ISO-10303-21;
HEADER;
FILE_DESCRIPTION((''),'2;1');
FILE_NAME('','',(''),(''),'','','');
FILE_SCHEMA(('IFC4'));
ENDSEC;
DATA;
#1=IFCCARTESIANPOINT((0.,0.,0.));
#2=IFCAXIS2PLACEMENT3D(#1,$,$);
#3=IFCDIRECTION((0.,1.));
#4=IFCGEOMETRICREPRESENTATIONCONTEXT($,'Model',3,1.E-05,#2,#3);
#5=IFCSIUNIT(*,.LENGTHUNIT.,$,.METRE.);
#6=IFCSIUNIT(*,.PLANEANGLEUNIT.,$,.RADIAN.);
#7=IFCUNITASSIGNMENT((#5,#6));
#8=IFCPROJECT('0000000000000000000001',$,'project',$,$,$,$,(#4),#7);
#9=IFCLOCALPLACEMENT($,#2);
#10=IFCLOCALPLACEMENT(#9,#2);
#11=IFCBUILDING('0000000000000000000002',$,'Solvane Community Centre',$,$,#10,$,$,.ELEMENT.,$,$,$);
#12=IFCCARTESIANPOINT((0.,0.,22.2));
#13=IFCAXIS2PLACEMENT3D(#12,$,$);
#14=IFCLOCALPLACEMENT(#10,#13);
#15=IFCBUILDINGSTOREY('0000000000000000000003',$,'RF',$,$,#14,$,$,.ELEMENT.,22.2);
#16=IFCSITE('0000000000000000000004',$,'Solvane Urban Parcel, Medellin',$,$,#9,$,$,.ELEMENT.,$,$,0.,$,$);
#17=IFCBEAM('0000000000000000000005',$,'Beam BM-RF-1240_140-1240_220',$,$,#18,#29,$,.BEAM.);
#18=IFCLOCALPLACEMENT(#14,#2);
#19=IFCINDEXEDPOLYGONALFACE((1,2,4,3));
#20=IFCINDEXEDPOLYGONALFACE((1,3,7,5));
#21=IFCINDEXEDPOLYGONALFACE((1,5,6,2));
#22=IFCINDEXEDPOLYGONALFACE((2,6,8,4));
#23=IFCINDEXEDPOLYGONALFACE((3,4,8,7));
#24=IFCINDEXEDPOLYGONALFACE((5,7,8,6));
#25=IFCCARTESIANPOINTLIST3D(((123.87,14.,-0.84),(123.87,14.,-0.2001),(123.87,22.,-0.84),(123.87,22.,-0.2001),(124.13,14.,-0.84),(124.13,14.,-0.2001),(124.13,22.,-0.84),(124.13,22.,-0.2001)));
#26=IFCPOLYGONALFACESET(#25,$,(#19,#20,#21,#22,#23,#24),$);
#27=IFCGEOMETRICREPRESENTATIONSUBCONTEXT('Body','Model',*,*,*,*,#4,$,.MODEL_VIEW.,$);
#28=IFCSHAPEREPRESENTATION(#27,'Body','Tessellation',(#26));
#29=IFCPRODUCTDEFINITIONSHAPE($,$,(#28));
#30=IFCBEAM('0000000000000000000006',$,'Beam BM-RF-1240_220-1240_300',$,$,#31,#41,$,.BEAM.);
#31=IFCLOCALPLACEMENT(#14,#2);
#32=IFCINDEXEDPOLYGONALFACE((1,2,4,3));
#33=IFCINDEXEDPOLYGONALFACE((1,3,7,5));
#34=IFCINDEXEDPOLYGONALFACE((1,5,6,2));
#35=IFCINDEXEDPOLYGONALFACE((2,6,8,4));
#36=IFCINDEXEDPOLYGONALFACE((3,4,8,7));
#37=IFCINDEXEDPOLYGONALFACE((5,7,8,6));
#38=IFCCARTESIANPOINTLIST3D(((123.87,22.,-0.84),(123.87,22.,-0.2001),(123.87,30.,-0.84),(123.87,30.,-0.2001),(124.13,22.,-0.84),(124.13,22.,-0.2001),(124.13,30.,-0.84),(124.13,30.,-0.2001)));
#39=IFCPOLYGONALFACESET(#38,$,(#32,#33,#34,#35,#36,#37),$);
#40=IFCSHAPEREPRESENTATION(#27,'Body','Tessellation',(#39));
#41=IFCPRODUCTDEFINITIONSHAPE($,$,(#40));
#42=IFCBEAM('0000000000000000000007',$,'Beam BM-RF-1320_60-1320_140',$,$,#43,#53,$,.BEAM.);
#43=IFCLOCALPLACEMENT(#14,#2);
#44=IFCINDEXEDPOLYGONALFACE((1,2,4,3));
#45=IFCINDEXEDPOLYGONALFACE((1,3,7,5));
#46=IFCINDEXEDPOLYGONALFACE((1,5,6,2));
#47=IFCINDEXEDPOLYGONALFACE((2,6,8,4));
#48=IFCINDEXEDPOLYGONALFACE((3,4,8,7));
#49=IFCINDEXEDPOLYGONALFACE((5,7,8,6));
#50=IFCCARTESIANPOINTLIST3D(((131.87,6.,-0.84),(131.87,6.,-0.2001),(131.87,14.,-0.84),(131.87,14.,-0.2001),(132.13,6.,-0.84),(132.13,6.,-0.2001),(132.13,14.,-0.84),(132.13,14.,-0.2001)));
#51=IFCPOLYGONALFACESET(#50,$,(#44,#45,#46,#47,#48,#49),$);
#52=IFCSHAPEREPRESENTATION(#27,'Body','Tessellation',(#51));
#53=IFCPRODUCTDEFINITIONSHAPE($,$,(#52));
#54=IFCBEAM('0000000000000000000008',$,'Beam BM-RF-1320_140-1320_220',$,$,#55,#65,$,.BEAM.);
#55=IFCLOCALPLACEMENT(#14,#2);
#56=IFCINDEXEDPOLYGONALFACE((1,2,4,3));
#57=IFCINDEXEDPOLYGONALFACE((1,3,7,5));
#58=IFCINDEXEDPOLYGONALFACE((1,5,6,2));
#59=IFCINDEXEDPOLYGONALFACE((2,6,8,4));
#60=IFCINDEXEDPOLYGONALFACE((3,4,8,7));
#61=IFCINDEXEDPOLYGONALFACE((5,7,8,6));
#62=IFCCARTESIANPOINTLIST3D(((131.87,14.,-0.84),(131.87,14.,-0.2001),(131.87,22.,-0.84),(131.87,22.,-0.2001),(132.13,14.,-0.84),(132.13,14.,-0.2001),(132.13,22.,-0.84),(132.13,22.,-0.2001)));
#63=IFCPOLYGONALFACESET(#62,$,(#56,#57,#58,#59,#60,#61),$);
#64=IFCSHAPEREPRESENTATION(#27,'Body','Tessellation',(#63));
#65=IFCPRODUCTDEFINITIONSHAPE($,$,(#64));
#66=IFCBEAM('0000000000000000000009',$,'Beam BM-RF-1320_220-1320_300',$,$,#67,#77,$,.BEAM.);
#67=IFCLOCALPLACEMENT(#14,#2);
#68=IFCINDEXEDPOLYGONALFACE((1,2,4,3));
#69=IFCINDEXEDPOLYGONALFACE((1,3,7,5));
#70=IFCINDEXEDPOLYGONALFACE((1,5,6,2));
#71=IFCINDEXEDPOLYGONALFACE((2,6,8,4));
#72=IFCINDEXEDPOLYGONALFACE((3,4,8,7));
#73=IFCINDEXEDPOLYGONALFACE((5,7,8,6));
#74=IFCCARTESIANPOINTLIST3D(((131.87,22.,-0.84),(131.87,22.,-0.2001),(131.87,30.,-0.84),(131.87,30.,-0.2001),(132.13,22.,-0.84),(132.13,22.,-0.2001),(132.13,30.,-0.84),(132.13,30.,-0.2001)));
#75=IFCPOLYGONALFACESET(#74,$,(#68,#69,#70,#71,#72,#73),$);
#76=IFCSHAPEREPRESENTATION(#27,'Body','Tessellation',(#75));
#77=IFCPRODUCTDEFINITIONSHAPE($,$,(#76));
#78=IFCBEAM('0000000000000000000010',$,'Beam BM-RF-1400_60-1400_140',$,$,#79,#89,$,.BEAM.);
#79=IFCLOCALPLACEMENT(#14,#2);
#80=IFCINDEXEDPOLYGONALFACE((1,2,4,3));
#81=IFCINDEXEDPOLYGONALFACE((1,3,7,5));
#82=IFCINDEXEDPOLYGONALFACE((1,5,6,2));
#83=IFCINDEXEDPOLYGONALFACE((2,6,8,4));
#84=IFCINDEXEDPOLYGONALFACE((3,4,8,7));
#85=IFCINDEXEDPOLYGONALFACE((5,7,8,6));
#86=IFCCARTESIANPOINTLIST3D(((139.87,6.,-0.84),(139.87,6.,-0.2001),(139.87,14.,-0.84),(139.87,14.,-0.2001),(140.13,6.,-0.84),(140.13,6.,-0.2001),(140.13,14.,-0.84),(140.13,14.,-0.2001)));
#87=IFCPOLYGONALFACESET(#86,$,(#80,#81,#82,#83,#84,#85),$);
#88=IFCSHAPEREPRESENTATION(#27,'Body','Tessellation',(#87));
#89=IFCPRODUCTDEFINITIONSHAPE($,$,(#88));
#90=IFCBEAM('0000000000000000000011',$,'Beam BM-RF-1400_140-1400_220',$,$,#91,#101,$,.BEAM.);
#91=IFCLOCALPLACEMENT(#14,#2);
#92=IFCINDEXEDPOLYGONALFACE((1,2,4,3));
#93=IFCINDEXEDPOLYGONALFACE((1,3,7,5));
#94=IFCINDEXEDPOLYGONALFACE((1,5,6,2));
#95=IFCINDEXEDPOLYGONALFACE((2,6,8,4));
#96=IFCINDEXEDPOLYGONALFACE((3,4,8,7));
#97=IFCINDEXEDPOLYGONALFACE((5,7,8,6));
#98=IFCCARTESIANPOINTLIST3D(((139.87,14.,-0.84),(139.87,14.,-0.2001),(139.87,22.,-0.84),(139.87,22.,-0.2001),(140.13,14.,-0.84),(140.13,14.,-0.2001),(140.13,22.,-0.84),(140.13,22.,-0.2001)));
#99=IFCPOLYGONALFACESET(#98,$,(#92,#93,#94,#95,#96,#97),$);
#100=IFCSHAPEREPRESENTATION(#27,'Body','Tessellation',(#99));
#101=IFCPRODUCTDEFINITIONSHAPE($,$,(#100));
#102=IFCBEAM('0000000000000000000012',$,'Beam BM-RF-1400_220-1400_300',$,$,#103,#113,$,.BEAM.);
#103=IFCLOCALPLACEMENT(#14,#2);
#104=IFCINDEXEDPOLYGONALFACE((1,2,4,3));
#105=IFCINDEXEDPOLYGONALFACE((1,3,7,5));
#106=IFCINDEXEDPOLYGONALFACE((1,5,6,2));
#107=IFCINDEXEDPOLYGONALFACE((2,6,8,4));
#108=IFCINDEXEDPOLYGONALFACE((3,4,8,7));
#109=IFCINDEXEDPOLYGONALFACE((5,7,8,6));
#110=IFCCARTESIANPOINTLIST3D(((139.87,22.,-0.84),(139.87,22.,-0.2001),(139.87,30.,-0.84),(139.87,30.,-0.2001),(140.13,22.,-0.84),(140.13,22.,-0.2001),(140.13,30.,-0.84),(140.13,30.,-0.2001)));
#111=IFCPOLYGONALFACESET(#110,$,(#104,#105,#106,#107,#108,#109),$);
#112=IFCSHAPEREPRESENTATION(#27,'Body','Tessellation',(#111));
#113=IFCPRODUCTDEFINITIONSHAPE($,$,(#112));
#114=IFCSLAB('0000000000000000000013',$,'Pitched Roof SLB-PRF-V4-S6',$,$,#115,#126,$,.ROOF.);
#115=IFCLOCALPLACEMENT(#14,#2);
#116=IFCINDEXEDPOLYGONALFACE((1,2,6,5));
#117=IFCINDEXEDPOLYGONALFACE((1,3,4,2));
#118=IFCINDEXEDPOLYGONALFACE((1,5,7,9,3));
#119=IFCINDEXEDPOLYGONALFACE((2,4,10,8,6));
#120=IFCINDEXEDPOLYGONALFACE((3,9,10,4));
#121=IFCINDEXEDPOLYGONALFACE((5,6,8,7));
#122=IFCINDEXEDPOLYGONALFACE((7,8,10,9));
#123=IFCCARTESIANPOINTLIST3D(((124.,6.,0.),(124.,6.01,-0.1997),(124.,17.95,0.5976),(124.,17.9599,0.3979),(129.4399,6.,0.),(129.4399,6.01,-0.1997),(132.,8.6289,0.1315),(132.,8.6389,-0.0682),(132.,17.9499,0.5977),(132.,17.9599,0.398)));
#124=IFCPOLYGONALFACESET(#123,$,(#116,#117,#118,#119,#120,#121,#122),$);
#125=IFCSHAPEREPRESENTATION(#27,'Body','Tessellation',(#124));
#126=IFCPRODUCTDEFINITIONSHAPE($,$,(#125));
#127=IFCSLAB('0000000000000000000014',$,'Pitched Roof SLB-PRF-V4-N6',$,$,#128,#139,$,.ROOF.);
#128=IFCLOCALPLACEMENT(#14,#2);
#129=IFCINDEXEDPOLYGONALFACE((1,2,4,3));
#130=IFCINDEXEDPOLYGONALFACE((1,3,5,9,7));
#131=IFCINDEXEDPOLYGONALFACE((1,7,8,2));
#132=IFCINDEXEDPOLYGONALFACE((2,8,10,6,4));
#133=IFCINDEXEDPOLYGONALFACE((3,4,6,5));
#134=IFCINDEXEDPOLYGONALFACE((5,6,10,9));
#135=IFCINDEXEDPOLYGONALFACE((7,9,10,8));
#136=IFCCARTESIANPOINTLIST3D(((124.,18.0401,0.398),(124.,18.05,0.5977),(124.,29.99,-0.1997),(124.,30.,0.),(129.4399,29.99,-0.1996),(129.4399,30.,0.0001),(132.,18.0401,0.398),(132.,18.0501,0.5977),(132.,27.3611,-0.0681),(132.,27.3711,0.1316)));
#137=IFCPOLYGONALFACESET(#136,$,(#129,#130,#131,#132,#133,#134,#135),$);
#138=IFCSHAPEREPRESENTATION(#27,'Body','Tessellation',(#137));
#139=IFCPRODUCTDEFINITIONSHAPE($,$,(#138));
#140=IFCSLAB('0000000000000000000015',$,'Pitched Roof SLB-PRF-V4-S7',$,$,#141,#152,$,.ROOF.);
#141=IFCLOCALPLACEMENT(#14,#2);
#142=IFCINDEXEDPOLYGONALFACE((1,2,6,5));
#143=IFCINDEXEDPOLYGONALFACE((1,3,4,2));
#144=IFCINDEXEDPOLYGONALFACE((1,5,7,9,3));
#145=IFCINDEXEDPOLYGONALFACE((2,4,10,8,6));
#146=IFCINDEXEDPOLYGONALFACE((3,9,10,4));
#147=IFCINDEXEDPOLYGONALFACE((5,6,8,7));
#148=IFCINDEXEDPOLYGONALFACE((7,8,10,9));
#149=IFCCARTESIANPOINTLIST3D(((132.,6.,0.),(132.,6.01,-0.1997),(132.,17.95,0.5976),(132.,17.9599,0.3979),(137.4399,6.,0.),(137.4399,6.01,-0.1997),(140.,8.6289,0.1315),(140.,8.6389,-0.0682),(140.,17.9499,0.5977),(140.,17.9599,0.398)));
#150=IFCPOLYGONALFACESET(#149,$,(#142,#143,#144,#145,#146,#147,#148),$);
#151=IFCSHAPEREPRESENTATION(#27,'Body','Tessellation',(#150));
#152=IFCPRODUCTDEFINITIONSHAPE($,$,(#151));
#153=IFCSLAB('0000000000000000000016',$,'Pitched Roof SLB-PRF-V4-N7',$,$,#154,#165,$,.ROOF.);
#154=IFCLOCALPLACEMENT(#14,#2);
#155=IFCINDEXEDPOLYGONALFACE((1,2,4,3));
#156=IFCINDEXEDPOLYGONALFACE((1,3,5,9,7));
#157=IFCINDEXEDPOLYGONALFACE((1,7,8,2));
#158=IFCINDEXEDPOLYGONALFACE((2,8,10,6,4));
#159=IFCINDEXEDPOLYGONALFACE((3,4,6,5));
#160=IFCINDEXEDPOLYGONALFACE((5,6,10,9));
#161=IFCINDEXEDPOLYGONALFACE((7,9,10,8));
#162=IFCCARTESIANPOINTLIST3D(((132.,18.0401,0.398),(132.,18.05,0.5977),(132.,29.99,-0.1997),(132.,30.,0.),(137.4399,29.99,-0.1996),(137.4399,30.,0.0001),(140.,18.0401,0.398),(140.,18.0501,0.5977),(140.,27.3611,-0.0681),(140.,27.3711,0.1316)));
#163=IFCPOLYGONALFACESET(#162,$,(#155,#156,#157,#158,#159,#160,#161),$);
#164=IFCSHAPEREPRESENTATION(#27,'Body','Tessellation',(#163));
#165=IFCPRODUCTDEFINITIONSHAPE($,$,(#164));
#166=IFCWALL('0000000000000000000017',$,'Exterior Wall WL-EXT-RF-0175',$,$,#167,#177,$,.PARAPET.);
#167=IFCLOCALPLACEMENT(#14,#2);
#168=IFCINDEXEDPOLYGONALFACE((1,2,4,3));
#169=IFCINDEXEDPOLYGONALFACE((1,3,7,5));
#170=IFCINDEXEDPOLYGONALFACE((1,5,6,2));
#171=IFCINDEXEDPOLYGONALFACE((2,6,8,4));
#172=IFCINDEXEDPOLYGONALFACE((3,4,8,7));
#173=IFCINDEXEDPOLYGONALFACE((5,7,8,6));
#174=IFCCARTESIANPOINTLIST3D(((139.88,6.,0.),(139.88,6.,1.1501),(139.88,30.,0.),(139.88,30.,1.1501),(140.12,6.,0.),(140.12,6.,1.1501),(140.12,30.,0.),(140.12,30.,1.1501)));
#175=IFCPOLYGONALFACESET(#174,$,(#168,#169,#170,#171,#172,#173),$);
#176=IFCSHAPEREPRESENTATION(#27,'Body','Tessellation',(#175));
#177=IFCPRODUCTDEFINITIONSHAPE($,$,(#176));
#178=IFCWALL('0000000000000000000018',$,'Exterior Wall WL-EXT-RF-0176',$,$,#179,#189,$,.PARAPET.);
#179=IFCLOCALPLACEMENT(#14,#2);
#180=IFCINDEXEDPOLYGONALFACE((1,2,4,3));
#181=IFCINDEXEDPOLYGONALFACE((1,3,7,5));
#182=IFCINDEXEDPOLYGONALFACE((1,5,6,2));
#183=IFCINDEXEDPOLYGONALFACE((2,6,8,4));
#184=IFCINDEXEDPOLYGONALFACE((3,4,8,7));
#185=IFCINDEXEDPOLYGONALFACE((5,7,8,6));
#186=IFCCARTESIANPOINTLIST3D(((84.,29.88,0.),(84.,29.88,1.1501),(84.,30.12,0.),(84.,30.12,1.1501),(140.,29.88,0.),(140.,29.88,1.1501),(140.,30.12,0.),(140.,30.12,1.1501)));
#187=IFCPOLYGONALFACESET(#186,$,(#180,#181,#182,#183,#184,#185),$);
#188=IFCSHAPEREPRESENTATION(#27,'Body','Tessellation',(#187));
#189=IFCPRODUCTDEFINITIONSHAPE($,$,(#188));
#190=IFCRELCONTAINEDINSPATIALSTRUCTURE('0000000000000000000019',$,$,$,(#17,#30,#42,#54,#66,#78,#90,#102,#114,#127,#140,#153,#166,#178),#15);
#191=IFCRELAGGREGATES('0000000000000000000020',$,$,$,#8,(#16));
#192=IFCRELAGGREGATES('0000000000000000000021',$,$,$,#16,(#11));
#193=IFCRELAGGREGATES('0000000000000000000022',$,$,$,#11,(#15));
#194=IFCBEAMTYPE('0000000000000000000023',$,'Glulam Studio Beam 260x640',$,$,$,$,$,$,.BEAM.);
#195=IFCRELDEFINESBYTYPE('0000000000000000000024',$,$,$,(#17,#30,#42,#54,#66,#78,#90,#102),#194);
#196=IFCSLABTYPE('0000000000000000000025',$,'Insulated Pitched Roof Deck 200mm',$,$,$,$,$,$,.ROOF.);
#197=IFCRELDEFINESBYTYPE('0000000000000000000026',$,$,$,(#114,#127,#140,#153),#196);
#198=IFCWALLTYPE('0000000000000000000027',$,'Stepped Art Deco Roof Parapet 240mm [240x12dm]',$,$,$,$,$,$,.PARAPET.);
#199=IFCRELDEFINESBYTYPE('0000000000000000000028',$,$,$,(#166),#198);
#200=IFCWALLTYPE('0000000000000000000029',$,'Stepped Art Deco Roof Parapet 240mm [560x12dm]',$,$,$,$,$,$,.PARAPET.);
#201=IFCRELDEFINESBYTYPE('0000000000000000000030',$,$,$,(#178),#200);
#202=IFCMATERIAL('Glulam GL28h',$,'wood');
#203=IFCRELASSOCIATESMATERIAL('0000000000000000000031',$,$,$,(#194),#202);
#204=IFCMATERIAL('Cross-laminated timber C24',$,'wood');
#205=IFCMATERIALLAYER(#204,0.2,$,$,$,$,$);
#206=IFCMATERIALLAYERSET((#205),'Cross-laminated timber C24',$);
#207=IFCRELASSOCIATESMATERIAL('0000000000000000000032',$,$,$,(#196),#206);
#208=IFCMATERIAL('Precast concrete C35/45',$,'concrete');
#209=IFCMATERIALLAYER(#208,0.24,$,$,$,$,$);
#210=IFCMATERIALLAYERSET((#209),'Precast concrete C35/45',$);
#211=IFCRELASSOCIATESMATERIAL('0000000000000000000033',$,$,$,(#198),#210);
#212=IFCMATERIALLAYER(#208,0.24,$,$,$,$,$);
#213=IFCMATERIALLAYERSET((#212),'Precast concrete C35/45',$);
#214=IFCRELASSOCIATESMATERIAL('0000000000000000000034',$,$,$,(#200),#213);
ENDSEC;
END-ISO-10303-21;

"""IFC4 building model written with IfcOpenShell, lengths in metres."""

from ifc_helpers import new_model, si_unit, direction, frame, frame_2d, origin, origin_2d, place, context, subcontext, project, spatial, polyline, rectangle, outline, extrude, material, layer, layer_set, material_profile, profile_set, type_object, element, save


model = new_model("IFC4")

# Units and contexts
model_context = context("Model", 3, precision=1e-05, world=origin(), true_north=direction((0.0, 1.0)))
body_context = subcontext(model_context, "Body", "Model", "MODEL_VIEW")
ifc_project = project(units=[si_unit("LENGTHUNIT", "METRE"), si_unit("PLANEANGLEUNIT", "RADIAN")], contexts=[model_context])

# Site, building, storey
site_placement = place(None, origin())
site = spatial("IfcSite", under=ifc_project, at=site_placement, Name="Solvane Urban Parcel, Medellin", CompositionType="ELEMENT", RefElevation=0.0)
building_placement = place(site_placement, origin())
building = spatial("IfcBuilding", under=site, at=building_placement, Name="Solvane Community Centre", CompositionType="ELEMENT")
storey_placement = place(building_placement, frame((0.0, 0.0, 22.2)))
storey = spatial("IfcBuildingStorey", under=building, at=storey_placement, Name="RF", CompositionType="ELEMENT", Elevation=22.2)

# Beams
ifc_material_1 = material(Name="Glulam GL28h", Category="wood")
ifc_material_profile_1 = material_profile(ifc_material_1, rectangle(XDim=0.26, YDim=0.6399, at=origin_2d()), Name="GL28h 260x640")
ifc_profile_set_1 = profile_set([ifc_material_profile_1], Name="Glulam GL28h")
beam_type_1 = type_object("IfcBeamType", Name="Glulam Studio Beam 260x640", PredefinedType="BEAM", material=ifc_profile_set_1)
for number, where, z_axis, x_axis, name in (
    (1, (124.0, 14.0, -0.52), (0.0, 1.0, 0.0), (-1.0, 0.0, 0.0), "Beam BM-RF-1240_140-1240_220"),
    (2, (124.0, 22.0, -0.52), (0.0, 1.0, 0.0), (-1.0, 0.0, 0.0), "Beam BM-RF-1240_220-1240_300"),
    (3, (132.0, 6.0, -0.52), (0.0, 1.0, 0.0), (-1.0, 0.0, 0.0), "Beam BM-RF-1320_60-1320_140"),
    (4, (132.0, 14.0, -0.52), (0.0, 1.0, 0.0), (-1.0, 0.0, 0.0), "Beam BM-RF-1320_140-1320_220"),
    (5, (132.0, 22.0, -0.52), (0.0, 1.0, 0.0), (-1.0, 0.0, 0.0), "Beam BM-RF-1320_220-1320_300"),
    (6, (140.0, 6.0, -0.52), (0.0, 1.0, 0.0), (-1.0, 0.0, 0.0), "Beam BM-RF-1400_60-1400_140"),
    (7, (140.0, 14.0, -0.52), (0.0, 1.0, 0.0), (-1.0, 0.0, 0.0), "Beam BM-RF-1400_140-1400_220"),
    (8, (140.0, 22.0, -0.52), (0.0, 1.0, 0.0), (-1.0, 0.0, 0.0), "Beam BM-RF-1400_220-1400_300"),
):
    element("IfcBeam", number, at=place(storey_placement, frame(where, z_axis=z_axis, x_axis=x_axis)), inside=storey, type_object=beam_type_1, Name=name, PredefinedType="BEAM", context=body_context, shape_type="SweptSolid", body=[
        extrude(rectangle(XDim=0.26, YDim=0.6399, at=origin_2d()), origin(), (0.0, 0.0, 1.0), 8.0),
    ])

# Slabs
ifc_material_2 = material(Name="Cross-laminated timber C24", Category="wood")
ifc_layer_1 = layer(ifc_material_2, 0.2)
ifc_layer_set_1 = layer_set([ifc_layer_1], Name="Cross-laminated timber C24")
slab_type = type_object("IfcSlabType", Name="Insulated Pitched Roof Deck 200mm", PredefinedType="ROOF", material=ifc_layer_set_1)
slab_1_placement = place(storey_placement, frame((124.0, 6.0, 0.0), z_axis=(-0.000007, -0.049949, 0.998752), x_axis=(1.0, 0.0, 0.000007)))
element("IfcSlab", 9, at=slab_1_placement, inside=storey, type_object=slab_type, Name="Pitched Roof SLB-PRF-V4-S6", PredefinedType="ROOF", context=body_context, shape_type="SweptSolid", body=[
    extrude(outline(polyline([(0.0, 0.0), (5.4399, 0.0), (8.0, 2.6322), (8.0, 11.9649), (0.0, 11.9649), (0.0, 0.0)])), origin(), (0.0, 0.0, -1.0), 0.2),
])
slab_2_placement = place(storey_placement, frame((124.0, 18.05, 0.5977), z_axis=(-0.000007, 0.049949, 0.998752), x_axis=(1.0, 0.0, 0.000007)))
element("IfcSlab", 10, at=slab_2_placement, inside=storey, type_object=slab_type, Name="Pitched Roof SLB-PRF-V4-N6", PredefinedType="ROOF", context=body_context, shape_type="SweptSolid", body=[
    extrude(outline(polyline([(0.0, 0.0), (8.0, 0.0), (8.0, 9.3327), (5.4399, 11.9649), (0.0, 11.9649), (0.0, 0.0)])), origin(), (0.0, 0.0, -1.0), 0.2),
])
slab_3_placement = place(storey_placement, frame((132.0, 6.0, 0.0), z_axis=(-0.000007, -0.049949, 0.998752), x_axis=(1.0, 0.0, 0.000007)))
element("IfcSlab", 11, at=slab_3_placement, inside=storey, type_object=slab_type, Name="Pitched Roof SLB-PRF-V4-S7", PredefinedType="ROOF", context=body_context, shape_type="SweptSolid", body=[
    extrude(outline(polyline([(0.0, 0.0), (5.4399, 0.0), (8.0, 2.6322), (8.0, 11.9649), (0.0, 11.9649), (0.0, 0.0)])), origin(), (0.0, 0.0, -1.0), 0.2),
])
slab_4_placement = place(storey_placement, frame((132.0, 18.05, 0.5977), z_axis=(-0.000007, 0.049949, 0.998752), x_axis=(1.0, 0.0, 0.000007)))
element("IfcSlab", 12, at=slab_4_placement, inside=storey, type_object=slab_type, Name="Pitched Roof SLB-PRF-V4-N7", PredefinedType="ROOF", context=body_context, shape_type="SweptSolid", body=[
    extrude(outline(polyline([(0.0, 0.0), (8.0, 0.0), (8.0, 9.3327), (5.4399, 11.9649), (0.0, 11.9649), (0.0, 0.0)])), origin(), (0.0, 0.0, -1.0), 0.2),
])

# Walls
ifc_material_3 = material(Name="Precast concrete C35/45", Category="concrete")
ifc_layer_2 = layer(ifc_material_3, 0.24)
ifc_layer_set_2 = layer_set([ifc_layer_2], Name="Precast concrete C35/45")
wall_type_1 = type_object("IfcWallType", Name="Stepped Art Deco Roof Parapet 240mm [240x12dm]", PredefinedType="PARAPET", material=ifc_layer_set_2)
wall_1_placement = place(storey_placement, frame((140.0, 6.0, 0.0), z_axis=(0.0, 0.0, 1.0), x_axis=(0.0, 1.0, 0.0)))
element("IfcWall", 13, at=wall_1_placement, inside=storey, type_object=wall_type_1, Name="Exterior Wall WL-EXT-RF-0175", PredefinedType="PARAPET", context=body_context, shape_type="SweptSolid", body=[
    extrude(rectangle(XDim=24.0, YDim=0.24, at=frame_2d((12.0, 0.0))), origin(), (0.0, 0.0, 1.0), 1.1501),
])
ifc_layer_3 = layer(ifc_material_3, 0.24)
ifc_layer_set_3 = layer_set([ifc_layer_3], Name="Precast concrete C35/45")
wall_type_2 = type_object("IfcWallType", Name="Stepped Art Deco Roof Parapet 240mm [560x12dm]", PredefinedType="PARAPET", material=ifc_layer_set_3)
wall_2_placement = place(storey_placement, frame((140.0, 30.0, 0.0), z_axis=(0.0, 0.0, 1.0), x_axis=(-1.0, 0.0, 0.0)))
element("IfcWall", 14, at=wall_2_placement, inside=storey, type_object=wall_type_2, Name="Exterior Wall WL-EXT-RF-0176", PredefinedType="PARAPET", context=body_context, shape_type="SweptSolid", body=[
    extrude(rectangle(XDim=56.0, YDim=0.24, at=frame_2d((28.0, 0.0))), origin(), (0.0, 0.0, 1.0), 1.1501),
])

save(model, "model.ifc")
